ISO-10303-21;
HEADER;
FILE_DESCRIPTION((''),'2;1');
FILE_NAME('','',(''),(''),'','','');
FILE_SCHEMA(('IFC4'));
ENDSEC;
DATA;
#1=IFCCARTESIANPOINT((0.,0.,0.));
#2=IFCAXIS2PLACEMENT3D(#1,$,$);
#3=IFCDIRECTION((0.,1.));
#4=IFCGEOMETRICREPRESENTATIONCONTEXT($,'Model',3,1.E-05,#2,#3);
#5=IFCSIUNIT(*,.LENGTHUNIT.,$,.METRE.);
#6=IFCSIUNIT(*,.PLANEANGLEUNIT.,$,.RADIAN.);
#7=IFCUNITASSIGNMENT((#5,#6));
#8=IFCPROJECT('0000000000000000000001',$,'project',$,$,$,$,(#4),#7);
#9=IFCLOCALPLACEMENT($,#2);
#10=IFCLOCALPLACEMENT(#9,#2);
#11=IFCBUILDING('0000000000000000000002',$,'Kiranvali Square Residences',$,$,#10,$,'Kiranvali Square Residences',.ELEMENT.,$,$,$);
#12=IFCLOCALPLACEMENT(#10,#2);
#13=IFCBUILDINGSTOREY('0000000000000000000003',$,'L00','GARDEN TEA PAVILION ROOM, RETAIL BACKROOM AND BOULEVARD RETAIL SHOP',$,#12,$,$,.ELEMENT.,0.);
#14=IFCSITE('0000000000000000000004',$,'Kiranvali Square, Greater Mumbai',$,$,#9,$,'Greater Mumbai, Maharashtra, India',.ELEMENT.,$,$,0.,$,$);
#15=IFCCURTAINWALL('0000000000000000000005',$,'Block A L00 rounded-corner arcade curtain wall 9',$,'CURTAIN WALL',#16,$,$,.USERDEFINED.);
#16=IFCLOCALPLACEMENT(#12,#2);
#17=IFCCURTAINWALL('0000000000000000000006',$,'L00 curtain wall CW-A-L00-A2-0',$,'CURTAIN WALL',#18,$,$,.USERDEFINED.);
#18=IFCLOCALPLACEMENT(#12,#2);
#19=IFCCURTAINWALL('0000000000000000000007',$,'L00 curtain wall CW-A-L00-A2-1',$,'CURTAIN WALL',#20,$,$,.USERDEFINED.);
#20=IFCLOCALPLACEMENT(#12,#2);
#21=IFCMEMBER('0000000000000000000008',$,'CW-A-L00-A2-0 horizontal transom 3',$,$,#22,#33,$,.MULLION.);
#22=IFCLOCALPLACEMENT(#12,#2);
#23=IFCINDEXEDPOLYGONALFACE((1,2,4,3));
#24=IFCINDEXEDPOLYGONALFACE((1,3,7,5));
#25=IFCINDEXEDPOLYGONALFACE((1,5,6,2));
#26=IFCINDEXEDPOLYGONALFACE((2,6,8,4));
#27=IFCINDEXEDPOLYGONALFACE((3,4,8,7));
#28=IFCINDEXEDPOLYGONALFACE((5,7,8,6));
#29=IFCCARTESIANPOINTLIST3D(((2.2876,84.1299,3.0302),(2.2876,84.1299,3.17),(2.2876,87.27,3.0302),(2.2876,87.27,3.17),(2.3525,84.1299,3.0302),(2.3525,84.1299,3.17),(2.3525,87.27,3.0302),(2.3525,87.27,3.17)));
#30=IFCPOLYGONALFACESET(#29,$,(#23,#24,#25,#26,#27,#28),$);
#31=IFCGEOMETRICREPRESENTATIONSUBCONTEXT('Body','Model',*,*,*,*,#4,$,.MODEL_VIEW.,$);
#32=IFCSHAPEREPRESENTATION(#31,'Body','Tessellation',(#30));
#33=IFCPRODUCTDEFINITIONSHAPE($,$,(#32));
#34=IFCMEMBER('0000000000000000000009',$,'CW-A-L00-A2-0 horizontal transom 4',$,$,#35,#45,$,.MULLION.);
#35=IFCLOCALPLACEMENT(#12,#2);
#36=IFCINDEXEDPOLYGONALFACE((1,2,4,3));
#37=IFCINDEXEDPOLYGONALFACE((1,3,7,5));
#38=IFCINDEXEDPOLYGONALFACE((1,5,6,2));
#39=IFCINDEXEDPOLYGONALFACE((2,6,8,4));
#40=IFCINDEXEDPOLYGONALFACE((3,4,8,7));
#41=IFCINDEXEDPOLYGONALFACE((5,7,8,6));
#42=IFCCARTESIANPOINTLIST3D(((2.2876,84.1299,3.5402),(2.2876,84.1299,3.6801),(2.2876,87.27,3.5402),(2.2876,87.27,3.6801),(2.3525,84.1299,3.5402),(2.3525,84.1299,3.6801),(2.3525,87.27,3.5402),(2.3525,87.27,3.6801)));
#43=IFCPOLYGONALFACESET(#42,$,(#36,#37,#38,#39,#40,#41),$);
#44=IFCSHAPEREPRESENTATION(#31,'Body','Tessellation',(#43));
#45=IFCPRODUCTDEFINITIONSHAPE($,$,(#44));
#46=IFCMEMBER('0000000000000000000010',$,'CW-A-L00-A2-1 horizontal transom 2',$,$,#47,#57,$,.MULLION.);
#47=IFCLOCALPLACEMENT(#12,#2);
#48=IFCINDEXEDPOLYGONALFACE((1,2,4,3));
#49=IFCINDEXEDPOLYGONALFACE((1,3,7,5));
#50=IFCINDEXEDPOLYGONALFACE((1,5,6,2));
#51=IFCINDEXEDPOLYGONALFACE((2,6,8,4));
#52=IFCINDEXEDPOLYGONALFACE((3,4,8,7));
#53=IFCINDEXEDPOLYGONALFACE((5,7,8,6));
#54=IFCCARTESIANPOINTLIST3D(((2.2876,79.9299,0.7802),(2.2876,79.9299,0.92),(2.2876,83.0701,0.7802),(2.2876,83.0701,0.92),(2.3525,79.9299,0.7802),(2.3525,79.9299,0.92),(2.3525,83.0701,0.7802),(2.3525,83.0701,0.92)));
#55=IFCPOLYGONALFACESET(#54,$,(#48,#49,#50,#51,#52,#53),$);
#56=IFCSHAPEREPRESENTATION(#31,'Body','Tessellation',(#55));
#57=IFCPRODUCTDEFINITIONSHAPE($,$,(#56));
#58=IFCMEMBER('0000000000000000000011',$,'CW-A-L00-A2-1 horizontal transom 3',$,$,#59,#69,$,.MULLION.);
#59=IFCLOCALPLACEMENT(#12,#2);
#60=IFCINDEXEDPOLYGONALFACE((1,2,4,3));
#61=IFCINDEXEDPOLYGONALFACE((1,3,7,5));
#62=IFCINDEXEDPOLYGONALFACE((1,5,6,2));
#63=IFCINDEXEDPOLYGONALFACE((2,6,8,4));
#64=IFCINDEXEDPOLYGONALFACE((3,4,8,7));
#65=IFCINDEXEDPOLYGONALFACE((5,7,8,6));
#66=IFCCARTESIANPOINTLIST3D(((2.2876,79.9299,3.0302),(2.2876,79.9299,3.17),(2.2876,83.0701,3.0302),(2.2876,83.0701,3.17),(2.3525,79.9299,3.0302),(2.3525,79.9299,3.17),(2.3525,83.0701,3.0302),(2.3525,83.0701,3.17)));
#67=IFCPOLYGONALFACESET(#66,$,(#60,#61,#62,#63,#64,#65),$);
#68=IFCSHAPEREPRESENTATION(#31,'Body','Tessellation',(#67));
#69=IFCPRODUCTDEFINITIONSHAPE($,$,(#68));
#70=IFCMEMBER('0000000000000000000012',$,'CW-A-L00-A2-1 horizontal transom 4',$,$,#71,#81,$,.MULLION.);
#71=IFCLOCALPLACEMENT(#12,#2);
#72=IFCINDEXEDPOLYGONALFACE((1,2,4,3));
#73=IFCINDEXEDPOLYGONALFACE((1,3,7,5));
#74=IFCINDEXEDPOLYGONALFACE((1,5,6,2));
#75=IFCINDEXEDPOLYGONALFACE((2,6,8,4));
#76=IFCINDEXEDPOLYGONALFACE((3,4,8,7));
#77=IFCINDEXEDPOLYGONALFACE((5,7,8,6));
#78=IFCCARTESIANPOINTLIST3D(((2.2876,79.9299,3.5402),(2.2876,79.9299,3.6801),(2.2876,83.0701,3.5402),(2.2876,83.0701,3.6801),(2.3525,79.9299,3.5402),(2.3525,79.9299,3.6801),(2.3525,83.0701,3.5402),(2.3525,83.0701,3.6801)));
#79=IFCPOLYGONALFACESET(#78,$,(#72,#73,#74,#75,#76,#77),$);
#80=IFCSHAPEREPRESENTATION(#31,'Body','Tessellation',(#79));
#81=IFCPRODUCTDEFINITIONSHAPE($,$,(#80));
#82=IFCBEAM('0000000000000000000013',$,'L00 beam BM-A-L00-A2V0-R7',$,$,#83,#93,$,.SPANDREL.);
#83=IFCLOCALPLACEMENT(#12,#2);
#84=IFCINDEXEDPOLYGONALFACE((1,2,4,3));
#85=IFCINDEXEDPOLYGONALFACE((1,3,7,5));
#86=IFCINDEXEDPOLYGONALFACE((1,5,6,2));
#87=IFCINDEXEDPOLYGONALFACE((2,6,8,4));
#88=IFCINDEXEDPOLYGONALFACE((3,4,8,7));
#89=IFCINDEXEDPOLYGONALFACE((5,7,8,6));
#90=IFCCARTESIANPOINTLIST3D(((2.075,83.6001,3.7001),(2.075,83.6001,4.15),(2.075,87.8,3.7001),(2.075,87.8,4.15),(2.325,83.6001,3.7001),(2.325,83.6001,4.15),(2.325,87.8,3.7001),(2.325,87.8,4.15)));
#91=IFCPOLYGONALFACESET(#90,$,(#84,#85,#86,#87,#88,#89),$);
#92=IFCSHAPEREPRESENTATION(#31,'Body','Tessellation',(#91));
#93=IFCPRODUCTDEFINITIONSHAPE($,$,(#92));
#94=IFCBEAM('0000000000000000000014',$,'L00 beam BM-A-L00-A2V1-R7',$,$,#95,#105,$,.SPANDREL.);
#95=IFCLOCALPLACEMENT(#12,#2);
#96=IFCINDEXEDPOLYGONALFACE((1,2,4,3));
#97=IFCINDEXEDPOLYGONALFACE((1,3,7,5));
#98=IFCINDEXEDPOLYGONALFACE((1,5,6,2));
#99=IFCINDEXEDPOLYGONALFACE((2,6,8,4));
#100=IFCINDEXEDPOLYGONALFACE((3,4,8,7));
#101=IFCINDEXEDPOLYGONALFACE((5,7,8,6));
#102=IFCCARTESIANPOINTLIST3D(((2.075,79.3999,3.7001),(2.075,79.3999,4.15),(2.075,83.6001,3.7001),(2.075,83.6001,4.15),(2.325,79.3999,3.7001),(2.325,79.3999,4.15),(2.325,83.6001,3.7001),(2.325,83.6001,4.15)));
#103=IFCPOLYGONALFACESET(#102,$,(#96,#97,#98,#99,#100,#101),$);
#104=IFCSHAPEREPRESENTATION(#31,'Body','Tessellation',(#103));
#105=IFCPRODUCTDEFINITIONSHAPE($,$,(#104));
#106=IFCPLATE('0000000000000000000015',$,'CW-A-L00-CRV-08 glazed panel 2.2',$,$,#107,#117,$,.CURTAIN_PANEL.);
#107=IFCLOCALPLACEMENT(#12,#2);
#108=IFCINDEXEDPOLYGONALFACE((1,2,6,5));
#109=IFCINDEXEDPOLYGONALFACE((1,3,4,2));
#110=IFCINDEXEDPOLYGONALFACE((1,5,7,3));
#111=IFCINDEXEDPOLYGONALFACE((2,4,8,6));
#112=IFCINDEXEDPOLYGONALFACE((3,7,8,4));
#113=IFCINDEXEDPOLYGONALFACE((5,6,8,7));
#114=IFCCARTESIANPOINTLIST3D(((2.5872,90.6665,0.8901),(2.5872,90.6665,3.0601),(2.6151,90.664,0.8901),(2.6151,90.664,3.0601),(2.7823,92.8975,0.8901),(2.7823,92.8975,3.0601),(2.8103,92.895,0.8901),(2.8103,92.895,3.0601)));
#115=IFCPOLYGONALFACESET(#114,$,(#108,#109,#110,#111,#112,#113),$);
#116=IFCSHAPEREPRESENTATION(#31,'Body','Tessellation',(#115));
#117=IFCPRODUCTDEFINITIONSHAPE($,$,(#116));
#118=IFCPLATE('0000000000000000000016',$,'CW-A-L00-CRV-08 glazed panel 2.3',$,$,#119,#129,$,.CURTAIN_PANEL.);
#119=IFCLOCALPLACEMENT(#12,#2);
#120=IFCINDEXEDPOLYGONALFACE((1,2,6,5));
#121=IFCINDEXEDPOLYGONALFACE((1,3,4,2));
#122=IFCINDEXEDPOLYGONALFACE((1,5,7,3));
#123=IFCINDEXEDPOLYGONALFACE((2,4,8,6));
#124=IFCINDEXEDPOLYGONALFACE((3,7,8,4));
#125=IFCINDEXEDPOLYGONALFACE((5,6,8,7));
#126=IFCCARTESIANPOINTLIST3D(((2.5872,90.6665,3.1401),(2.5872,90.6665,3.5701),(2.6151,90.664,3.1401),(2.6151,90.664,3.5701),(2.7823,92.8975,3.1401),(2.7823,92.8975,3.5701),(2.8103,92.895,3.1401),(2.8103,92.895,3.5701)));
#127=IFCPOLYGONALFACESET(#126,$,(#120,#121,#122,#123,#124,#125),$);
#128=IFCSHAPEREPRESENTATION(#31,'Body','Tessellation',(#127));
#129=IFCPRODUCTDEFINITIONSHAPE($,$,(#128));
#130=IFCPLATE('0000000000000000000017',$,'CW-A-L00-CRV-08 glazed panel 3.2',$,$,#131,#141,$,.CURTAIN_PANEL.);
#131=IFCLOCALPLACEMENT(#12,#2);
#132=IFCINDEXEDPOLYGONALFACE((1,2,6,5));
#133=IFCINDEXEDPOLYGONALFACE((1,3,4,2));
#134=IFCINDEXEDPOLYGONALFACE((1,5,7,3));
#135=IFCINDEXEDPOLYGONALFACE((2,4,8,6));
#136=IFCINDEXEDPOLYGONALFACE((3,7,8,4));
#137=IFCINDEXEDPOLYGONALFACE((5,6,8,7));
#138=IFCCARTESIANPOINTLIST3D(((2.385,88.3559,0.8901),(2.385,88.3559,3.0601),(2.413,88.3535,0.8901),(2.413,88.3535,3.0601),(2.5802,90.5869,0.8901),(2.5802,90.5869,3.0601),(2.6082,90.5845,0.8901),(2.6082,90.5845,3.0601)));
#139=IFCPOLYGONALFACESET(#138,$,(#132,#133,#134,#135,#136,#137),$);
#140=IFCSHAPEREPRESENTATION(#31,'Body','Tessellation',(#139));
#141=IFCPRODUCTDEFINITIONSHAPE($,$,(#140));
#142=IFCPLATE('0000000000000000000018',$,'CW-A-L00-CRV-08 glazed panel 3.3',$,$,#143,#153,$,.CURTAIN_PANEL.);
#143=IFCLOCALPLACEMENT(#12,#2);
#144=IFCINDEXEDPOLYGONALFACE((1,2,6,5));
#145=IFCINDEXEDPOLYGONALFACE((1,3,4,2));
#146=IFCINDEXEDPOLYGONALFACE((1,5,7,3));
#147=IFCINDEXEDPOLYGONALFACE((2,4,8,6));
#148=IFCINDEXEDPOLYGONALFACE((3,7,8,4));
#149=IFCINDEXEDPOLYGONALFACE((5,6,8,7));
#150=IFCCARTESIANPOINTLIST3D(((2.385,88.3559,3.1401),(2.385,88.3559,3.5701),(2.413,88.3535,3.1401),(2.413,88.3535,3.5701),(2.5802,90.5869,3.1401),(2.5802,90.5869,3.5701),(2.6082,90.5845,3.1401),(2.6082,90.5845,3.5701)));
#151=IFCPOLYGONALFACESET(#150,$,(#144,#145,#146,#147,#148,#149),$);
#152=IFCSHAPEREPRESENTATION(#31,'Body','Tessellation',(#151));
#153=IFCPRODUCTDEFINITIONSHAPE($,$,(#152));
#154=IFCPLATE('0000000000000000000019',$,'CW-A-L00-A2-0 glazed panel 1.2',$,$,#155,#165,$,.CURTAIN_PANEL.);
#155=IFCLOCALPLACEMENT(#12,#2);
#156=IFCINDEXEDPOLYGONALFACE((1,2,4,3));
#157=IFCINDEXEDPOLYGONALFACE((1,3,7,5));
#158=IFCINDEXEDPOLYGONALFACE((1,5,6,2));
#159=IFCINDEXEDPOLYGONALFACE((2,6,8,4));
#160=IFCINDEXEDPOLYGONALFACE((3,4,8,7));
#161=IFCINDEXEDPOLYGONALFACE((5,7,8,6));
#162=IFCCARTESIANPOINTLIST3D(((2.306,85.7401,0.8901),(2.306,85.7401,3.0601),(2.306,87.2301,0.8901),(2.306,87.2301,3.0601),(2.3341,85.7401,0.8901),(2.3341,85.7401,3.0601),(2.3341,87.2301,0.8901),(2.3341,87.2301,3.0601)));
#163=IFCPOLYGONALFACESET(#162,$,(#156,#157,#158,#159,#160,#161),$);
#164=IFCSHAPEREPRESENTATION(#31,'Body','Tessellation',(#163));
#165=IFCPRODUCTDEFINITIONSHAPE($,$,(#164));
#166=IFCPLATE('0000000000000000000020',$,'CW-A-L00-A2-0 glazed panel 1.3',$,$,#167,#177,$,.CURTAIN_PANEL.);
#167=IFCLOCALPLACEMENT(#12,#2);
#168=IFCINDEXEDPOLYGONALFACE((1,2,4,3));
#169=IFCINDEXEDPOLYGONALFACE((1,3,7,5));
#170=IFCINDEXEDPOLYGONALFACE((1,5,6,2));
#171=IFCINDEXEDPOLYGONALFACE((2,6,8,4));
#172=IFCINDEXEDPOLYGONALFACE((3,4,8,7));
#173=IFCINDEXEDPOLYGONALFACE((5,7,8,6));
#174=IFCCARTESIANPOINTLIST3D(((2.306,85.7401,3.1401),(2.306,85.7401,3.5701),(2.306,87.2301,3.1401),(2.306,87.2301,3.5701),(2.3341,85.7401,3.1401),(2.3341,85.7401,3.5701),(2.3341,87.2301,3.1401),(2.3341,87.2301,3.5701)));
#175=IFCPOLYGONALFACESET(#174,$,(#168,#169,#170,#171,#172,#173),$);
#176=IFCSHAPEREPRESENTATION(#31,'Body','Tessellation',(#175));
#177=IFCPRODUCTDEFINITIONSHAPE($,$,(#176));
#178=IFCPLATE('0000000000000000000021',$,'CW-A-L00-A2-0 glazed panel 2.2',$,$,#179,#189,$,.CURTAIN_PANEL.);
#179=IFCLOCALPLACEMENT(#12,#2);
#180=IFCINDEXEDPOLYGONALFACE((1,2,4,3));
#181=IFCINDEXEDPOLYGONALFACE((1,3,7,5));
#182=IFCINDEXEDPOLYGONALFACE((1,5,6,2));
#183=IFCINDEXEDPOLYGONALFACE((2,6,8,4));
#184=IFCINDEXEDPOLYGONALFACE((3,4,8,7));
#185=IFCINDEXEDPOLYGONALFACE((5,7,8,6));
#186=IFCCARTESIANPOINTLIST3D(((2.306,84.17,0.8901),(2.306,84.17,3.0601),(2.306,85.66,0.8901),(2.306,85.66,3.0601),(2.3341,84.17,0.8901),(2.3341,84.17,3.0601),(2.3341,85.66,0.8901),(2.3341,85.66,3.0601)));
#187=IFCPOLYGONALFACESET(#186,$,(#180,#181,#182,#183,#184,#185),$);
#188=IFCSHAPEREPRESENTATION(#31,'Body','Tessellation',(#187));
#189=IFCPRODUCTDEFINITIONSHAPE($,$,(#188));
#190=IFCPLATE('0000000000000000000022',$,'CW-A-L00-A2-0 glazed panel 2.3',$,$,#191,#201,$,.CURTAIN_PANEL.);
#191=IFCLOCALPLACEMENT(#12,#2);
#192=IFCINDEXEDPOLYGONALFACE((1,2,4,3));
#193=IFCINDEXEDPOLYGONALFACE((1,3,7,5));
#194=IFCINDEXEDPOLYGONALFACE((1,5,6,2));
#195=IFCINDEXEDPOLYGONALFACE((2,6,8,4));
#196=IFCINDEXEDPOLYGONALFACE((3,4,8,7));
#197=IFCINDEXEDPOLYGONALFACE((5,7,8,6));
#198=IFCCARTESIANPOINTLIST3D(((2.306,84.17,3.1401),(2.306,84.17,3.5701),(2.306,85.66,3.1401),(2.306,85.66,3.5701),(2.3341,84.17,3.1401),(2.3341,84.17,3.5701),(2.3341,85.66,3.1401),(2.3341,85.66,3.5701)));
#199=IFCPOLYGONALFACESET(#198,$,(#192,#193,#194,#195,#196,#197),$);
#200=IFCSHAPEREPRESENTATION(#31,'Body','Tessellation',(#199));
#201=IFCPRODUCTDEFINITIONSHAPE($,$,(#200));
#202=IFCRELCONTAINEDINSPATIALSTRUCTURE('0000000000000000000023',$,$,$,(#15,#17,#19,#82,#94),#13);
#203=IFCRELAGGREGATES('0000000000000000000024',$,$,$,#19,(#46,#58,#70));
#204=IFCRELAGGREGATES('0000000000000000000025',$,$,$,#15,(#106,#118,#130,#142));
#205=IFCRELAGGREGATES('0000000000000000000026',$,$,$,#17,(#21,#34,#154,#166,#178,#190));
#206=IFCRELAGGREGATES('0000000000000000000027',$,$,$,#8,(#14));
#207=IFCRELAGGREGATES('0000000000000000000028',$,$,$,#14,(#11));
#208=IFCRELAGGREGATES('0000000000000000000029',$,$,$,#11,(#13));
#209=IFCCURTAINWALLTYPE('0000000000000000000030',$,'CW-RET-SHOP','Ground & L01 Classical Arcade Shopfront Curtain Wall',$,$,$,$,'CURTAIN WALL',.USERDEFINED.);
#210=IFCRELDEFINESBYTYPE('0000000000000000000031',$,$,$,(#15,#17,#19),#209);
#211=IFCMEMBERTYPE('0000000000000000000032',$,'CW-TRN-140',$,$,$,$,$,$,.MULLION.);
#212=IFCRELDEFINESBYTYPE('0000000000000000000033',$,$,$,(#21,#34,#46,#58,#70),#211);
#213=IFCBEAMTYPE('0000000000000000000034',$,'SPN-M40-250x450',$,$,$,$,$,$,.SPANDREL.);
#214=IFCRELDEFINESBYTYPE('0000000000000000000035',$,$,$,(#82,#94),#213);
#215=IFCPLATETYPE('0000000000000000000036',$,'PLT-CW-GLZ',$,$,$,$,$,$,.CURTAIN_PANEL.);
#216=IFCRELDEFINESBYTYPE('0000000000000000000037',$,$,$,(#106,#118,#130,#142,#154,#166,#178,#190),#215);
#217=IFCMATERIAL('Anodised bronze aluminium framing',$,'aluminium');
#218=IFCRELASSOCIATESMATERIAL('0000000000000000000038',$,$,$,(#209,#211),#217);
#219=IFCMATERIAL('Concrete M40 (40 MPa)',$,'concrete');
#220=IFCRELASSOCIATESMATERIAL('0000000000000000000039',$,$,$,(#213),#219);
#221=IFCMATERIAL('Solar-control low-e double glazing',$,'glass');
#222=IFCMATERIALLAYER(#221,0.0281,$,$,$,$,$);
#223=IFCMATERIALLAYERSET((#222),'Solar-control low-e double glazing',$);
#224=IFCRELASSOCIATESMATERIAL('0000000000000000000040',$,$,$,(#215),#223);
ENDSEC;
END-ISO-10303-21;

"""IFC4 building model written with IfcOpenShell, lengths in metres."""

from ifc_helpers import new_model, si_unit, direction, frame, origin, origin_2d, place, context, subcontext, project, spatial, rectangle, extrude, material, layer, layer_set, material_profile, profile_set, type_object, element, aggregate, save


model = new_model("IFC4")

# Units and contexts
model_context = context("Model", 3, precision=1e-05, world=origin(), true_north=direction((0.0, 1.0)))
body_context = subcontext(model_context, "Body", "Model", "MODEL_VIEW")
ifc_project = project(units=[si_unit("LENGTHUNIT", "METRE"), si_unit("PLANEANGLEUNIT", "RADIAN")], contexts=[model_context])

# Site, building, storey
site_placement = place(None, origin())
site = spatial("IfcSite", under=ifc_project, at=site_placement, Name="Kiranvali Square, Greater Mumbai", LongName="Greater Mumbai, Maharashtra, India", CompositionType="ELEMENT", RefElevation=0.0)
building_placement = place(site_placement, origin())
building = spatial("IfcBuilding", under=site, at=building_placement, Name="Kiranvali Square Residences", LongName="Kiranvali Square Residences", CompositionType="ELEMENT")
storey_placement = place(building_placement, origin())
storey = spatial("IfcBuildingStorey", under=building, at=storey_placement, Name="L00", Description="GARDEN TEA PAVILION ROOM, RETAIL BACKROOM AND BOULEVARD RETAIL SHOP", CompositionType="ELEMENT", Elevation=0.0)

# Curtain walls
ifc_material_1 = material(Name="Anodised bronze aluminium framing", Category="aluminium")
curtain_wall_type = type_object("IfcCurtainWallType", Name="CW-RET-SHOP", Description="Ground & L01 Classical Arcade Shopfront Curtain Wall", ElementType="CURTAIN WALL", PredefinedType="USERDEFINED", material=ifc_material_1)
curtain_wall_1_placement = place(storey_placement, origin())
curtain_wall_1 = element("IfcCurtainWall", 1, at=curtain_wall_1_placement, inside=storey, type_object=curtain_wall_type, Name="Block A L00 rounded-corner arcade curtain wall 9", ObjectType="CURTAIN WALL", PredefinedType="USERDEFINED")
curtain_wall_2_placement = place(storey_placement, origin())
curtain_wall_2 = element("IfcCurtainWall", 2, at=curtain_wall_2_placement, inside=storey, type_object=curtain_wall_type, Name="L00 curtain wall CW-A-L00-A2-0", ObjectType="CURTAIN WALL", PredefinedType="USERDEFINED")

# Curtain wall
curtain_wall_3_placement = place(storey_placement, origin())
curtain_wall_3 = element("IfcCurtainWall", 3, at=curtain_wall_3_placement, inside=storey, type_object=curtain_wall_type, Name="L00 curtain wall CW-A-L00-A2-1", ObjectType="CURTAIN WALL", PredefinedType="USERDEFINED")

# Members
ifc_material_profile_1 = material_profile(ifc_material_1, rectangle(XDim=0.0649, YDim=0.1399, at=origin_2d()), Name="ALU 65x140")
ifc_profile_set_1 = profile_set([ifc_material_profile_1], Name="Anodised bronze aluminium framing")
member_type_1 = type_object("IfcMemberType", Name="CW-TRN-140", PredefinedType="MULLION", material=ifc_profile_set_1)
member_1_placement = place(storey_placement, frame((2.3201, 87.27, 3.1001), z_axis=(0.0, -1.0, 0.0), x_axis=(1.0, 0.0, 0.0)))
member_1 = element("IfcMember", 4, at=member_1_placement, type_object=member_type_1, Name="CW-A-L00-A2-0 horizontal transom 3", PredefinedType="MULLION", context=body_context, shape_type="SweptSolid", body=[
    extrude(rectangle(XDim=0.0649, YDim=0.1399, at=origin_2d()), origin(), (0.0, 0.0, 1.0), 3.1401),
])
member_2_placement = place(storey_placement, frame((2.3201, 87.27, 3.6101), z_axis=(0.0, -1.0, 0.0), x_axis=(1.0, 0.0, 0.0)))
member_2 = element("IfcMember", 5, at=member_2_placement, type_object=member_type_1, Name="CW-A-L00-A2-0 horizontal transom 4", PredefinedType="MULLION", context=body_context, shape_type="SweptSolid", body=[
    extrude(rectangle(XDim=0.0649, YDim=0.1399, at=origin_2d()), origin(), (0.0, 0.0, 1.0), 3.1401),
])
member_3_placement = place(storey_placement, frame((2.3201, 83.0701, 0.8501), z_axis=(0.0, -1.0, 0.0), x_axis=(1.0, 0.0, 0.0)))
member_3 = element("IfcMember", 6, at=member_3_placement, type_object=member_type_1, Name="CW-A-L00-A2-1 horizontal transom 2", PredefinedType="MULLION", context=body_context, shape_type="SweptSolid", body=[
    extrude(rectangle(XDim=0.0649, YDim=0.1399, at=origin_2d()), origin(), (0.0, 0.0, 1.0), 3.1401),
])
member_4_placement = place(storey_placement, frame((2.3201, 83.0701, 3.1001), z_axis=(0.0, -1.0, 0.0), x_axis=(1.0, 0.0, 0.0)))
member_4 = element("IfcMember", 7, at=member_4_placement, type_object=member_type_1, Name="CW-A-L00-A2-1 horizontal transom 3", PredefinedType="MULLION", context=body_context, shape_type="SweptSolid", body=[
    extrude(rectangle(XDim=0.0649, YDim=0.1399, at=origin_2d()), origin(), (0.0, 0.0, 1.0), 3.1401),
])
member_5_placement = place(storey_placement, frame((2.3201, 83.0701, 3.6101), z_axis=(0.0, -1.0, 0.0), x_axis=(1.0, 0.0, 0.0)))
member_5 = element("IfcMember", 8, at=member_5_placement, type_object=member_type_1, Name="CW-A-L00-A2-1 horizontal transom 4", PredefinedType="MULLION", context=body_context, shape_type="SweptSolid", body=[
    extrude(rectangle(XDim=0.0649, YDim=0.1399, at=origin_2d()), origin(), (0.0, 0.0, 1.0), 3.1401),
])
aggregate(curtain_wall_3, [member_3, member_4, member_5])

# Beams
ifc_material_2 = material(Name="Concrete M40 (40 MPa)", Category="concrete")
ifc_material_profile_2 = material_profile(ifc_material_2, rectangle(XDim=0.25, YDim=0.45, at=origin_2d()), Name="RC 250x450")
ifc_profile_set_2 = profile_set([ifc_material_profile_2], Name="Concrete M40 (40 MPa)")
beam_type_1 = type_object("IfcBeamType", Name="SPN-M40-250x450", PredefinedType="SPANDREL", material=ifc_profile_set_2)
beam_1_placement = place(storey_placement, frame((2.2, 87.8, 3.925), z_axis=(0.0, -1.0, 0.0), x_axis=(1.0, 0.0, 0.0)))
element("IfcBeam", 9, at=beam_1_placement, inside=storey, type_object=beam_type_1, Name="L00 beam BM-A-L00-A2V0-R7", PredefinedType="SPANDREL", context=body_context, shape_type="SweptSolid", body=[
    extrude(rectangle(XDim=0.25, YDim=0.45, at=origin_2d()), origin(), (0.0, 0.0, 1.0), 4.2),
])
beam_2_placement = place(storey_placement, frame((2.2, 83.6001, 3.925), z_axis=(0.0, -1.0, 0.0), x_axis=(1.0, 0.0, 0.0)))
element("IfcBeam", 10, at=beam_2_placement, inside=storey, type_object=beam_type_1, Name="L00 beam BM-A-L00-A2V1-R7", PredefinedType="SPANDREL", context=body_context, shape_type="SweptSolid", body=[
    extrude(rectangle(XDim=0.25, YDim=0.45, at=origin_2d()), origin(), (0.0, 0.0, 1.0), 4.2002),
])

# Plates
ifc_material_3 = material(Name="Solar-control low-e double glazing", Category="glass")
ifc_layer_1 = layer(ifc_material_3, 0.0281)
ifc_layer_set_1 = layer_set([ifc_layer_1], Name="Solar-control low-e double glazing")
plate_type_1 = type_object("IfcPlateType", Name="PLT-CW-GLZ", PredefinedType="CURTAIN_PANEL", material=ifc_layer_set_1)
plate_1_placement = place(storey_placement, frame((2.6987, 91.7808, 0.8901), z_axis=(0.0, 0.0, 1.0), x_axis=(-0.087156, -0.996195, 0.0)))
plate_1 = element("IfcPlate", 11, at=plate_1_placement, type_object=plate_type_1, Name="CW-A-L00-CRV-08 glazed panel 2.2", PredefinedType="CURTAIN_PANEL", context=body_context, shape_type="SweptSolid", body=[
    extrude(rectangle(XDim=2.2395, YDim=0.0281, at=origin_2d()), origin(), (0.0, 0.0, 1.0), 2.1699),
])
plate_2_placement = place(storey_placement, frame((2.6987, 91.7808, 3.1401), z_axis=(0.0, 0.0, 1.0), x_axis=(-0.087156, -0.996195, 0.0)))
plate_2 = element("IfcPlate", 12, at=plate_2_placement, type_object=plate_type_1, Name="CW-A-L00-CRV-08 glazed panel 2.3", PredefinedType="CURTAIN_PANEL", context=body_context, shape_type="SweptSolid", body=[
    extrude(rectangle(XDim=2.2395, YDim=0.0281, at=origin_2d()), origin(), (0.0, 0.0, 1.0), 0.4299),
])
plate_3_placement = place(storey_placement, frame((2.4966, 89.4702, 0.8901), z_axis=(0.0, 0.0, 1.0), x_axis=(-0.087156, -0.996195, 0.0)))
plate_3 = element("IfcPlate", 13, at=plate_3_placement, type_object=plate_type_1, Name="CW-A-L00-CRV-08 glazed panel 3.2", PredefinedType="CURTAIN_PANEL", context=body_context, shape_type="SweptSolid", body=[
    extrude(rectangle(XDim=2.2395, YDim=0.0281, at=origin_2d()), origin(), (0.0, 0.0, 1.0), 2.1699),
])
plate_4_placement = place(storey_placement, frame((2.4966, 89.4702, 3.1401), z_axis=(0.0, 0.0, 1.0), x_axis=(-0.087156, -0.996195, 0.0)))
plate_4 = element("IfcPlate", 14, at=plate_4_placement, type_object=plate_type_1, Name="CW-A-L00-CRV-08 glazed panel 3.3", PredefinedType="CURTAIN_PANEL", context=body_context, shape_type="SweptSolid", body=[
    extrude(rectangle(XDim=2.2395, YDim=0.0281, at=origin_2d()), origin(), (0.0, 0.0, 1.0), 0.4299),
])
plate_5_placement = place(storey_placement, frame((2.3201, 86.4851, 0.8901), z_axis=(0.0, 0.0, 1.0), x_axis=(0.0, -1.0, 0.0)))
plate_5 = element("IfcPlate", 15, at=plate_5_placement, type_object=plate_type_1, Name="CW-A-L00-A2-0 glazed panel 1.2", PredefinedType="CURTAIN_PANEL", context=body_context, shape_type="SweptSolid", body=[
    extrude(rectangle(XDim=1.49, YDim=0.0281, at=origin_2d()), origin(), (0.0, 0.0, 1.0), 2.1699),
])
plate_6_placement = place(storey_placement, frame((2.3201, 86.4851, 3.1401), z_axis=(0.0, 0.0, 1.0), x_axis=(0.0, -1.0, 0.0)))
plate_6 = element("IfcPlate", 16, at=plate_6_placement, type_object=plate_type_1, Name="CW-A-L00-A2-0 glazed panel 1.3", PredefinedType="CURTAIN_PANEL", context=body_context, shape_type="SweptSolid", body=[
    extrude(rectangle(XDim=1.49, YDim=0.0281, at=origin_2d()), origin(), (0.0, 0.0, 1.0), 0.4299),
])
plate_7_placement = place(storey_placement, frame((2.3201, 84.915, 0.8901), z_axis=(0.0, 0.0, 1.0), x_axis=(0.0, -1.0, 0.0)))
plate_7 = element("IfcPlate", 17, at=plate_7_placement, type_object=plate_type_1, Name="CW-A-L00-A2-0 glazed panel 2.2", PredefinedType="CURTAIN_PANEL", context=body_context, shape_type="SweptSolid", body=[
    extrude(rectangle(XDim=1.49, YDim=0.0281, at=origin_2d()), origin(), (0.0, 0.0, 1.0), 2.1699),
])
plate_8_placement = place(storey_placement, frame((2.3201, 84.915, 3.1401), z_axis=(0.0, 0.0, 1.0), x_axis=(0.0, -1.0, 0.0)))
plate_8 = element("IfcPlate", 18, at=plate_8_placement, type_object=plate_type_1, Name="CW-A-L00-A2-0 glazed panel 2.3", PredefinedType="CURTAIN_PANEL", context=body_context, shape_type="SweptSolid", body=[
    extrude(rectangle(XDim=1.49, YDim=0.0281, at=origin_2d()), origin(), (0.0, 0.0, 1.0), 0.4299),
])
aggregate(curtain_wall_1, [plate_1, plate_2, plate_3, plate_4])
aggregate(curtain_wall_2, [member_1, member_2, plate_5, plate_6, plate_7, plate_8])

save(model, "model.ifc")
